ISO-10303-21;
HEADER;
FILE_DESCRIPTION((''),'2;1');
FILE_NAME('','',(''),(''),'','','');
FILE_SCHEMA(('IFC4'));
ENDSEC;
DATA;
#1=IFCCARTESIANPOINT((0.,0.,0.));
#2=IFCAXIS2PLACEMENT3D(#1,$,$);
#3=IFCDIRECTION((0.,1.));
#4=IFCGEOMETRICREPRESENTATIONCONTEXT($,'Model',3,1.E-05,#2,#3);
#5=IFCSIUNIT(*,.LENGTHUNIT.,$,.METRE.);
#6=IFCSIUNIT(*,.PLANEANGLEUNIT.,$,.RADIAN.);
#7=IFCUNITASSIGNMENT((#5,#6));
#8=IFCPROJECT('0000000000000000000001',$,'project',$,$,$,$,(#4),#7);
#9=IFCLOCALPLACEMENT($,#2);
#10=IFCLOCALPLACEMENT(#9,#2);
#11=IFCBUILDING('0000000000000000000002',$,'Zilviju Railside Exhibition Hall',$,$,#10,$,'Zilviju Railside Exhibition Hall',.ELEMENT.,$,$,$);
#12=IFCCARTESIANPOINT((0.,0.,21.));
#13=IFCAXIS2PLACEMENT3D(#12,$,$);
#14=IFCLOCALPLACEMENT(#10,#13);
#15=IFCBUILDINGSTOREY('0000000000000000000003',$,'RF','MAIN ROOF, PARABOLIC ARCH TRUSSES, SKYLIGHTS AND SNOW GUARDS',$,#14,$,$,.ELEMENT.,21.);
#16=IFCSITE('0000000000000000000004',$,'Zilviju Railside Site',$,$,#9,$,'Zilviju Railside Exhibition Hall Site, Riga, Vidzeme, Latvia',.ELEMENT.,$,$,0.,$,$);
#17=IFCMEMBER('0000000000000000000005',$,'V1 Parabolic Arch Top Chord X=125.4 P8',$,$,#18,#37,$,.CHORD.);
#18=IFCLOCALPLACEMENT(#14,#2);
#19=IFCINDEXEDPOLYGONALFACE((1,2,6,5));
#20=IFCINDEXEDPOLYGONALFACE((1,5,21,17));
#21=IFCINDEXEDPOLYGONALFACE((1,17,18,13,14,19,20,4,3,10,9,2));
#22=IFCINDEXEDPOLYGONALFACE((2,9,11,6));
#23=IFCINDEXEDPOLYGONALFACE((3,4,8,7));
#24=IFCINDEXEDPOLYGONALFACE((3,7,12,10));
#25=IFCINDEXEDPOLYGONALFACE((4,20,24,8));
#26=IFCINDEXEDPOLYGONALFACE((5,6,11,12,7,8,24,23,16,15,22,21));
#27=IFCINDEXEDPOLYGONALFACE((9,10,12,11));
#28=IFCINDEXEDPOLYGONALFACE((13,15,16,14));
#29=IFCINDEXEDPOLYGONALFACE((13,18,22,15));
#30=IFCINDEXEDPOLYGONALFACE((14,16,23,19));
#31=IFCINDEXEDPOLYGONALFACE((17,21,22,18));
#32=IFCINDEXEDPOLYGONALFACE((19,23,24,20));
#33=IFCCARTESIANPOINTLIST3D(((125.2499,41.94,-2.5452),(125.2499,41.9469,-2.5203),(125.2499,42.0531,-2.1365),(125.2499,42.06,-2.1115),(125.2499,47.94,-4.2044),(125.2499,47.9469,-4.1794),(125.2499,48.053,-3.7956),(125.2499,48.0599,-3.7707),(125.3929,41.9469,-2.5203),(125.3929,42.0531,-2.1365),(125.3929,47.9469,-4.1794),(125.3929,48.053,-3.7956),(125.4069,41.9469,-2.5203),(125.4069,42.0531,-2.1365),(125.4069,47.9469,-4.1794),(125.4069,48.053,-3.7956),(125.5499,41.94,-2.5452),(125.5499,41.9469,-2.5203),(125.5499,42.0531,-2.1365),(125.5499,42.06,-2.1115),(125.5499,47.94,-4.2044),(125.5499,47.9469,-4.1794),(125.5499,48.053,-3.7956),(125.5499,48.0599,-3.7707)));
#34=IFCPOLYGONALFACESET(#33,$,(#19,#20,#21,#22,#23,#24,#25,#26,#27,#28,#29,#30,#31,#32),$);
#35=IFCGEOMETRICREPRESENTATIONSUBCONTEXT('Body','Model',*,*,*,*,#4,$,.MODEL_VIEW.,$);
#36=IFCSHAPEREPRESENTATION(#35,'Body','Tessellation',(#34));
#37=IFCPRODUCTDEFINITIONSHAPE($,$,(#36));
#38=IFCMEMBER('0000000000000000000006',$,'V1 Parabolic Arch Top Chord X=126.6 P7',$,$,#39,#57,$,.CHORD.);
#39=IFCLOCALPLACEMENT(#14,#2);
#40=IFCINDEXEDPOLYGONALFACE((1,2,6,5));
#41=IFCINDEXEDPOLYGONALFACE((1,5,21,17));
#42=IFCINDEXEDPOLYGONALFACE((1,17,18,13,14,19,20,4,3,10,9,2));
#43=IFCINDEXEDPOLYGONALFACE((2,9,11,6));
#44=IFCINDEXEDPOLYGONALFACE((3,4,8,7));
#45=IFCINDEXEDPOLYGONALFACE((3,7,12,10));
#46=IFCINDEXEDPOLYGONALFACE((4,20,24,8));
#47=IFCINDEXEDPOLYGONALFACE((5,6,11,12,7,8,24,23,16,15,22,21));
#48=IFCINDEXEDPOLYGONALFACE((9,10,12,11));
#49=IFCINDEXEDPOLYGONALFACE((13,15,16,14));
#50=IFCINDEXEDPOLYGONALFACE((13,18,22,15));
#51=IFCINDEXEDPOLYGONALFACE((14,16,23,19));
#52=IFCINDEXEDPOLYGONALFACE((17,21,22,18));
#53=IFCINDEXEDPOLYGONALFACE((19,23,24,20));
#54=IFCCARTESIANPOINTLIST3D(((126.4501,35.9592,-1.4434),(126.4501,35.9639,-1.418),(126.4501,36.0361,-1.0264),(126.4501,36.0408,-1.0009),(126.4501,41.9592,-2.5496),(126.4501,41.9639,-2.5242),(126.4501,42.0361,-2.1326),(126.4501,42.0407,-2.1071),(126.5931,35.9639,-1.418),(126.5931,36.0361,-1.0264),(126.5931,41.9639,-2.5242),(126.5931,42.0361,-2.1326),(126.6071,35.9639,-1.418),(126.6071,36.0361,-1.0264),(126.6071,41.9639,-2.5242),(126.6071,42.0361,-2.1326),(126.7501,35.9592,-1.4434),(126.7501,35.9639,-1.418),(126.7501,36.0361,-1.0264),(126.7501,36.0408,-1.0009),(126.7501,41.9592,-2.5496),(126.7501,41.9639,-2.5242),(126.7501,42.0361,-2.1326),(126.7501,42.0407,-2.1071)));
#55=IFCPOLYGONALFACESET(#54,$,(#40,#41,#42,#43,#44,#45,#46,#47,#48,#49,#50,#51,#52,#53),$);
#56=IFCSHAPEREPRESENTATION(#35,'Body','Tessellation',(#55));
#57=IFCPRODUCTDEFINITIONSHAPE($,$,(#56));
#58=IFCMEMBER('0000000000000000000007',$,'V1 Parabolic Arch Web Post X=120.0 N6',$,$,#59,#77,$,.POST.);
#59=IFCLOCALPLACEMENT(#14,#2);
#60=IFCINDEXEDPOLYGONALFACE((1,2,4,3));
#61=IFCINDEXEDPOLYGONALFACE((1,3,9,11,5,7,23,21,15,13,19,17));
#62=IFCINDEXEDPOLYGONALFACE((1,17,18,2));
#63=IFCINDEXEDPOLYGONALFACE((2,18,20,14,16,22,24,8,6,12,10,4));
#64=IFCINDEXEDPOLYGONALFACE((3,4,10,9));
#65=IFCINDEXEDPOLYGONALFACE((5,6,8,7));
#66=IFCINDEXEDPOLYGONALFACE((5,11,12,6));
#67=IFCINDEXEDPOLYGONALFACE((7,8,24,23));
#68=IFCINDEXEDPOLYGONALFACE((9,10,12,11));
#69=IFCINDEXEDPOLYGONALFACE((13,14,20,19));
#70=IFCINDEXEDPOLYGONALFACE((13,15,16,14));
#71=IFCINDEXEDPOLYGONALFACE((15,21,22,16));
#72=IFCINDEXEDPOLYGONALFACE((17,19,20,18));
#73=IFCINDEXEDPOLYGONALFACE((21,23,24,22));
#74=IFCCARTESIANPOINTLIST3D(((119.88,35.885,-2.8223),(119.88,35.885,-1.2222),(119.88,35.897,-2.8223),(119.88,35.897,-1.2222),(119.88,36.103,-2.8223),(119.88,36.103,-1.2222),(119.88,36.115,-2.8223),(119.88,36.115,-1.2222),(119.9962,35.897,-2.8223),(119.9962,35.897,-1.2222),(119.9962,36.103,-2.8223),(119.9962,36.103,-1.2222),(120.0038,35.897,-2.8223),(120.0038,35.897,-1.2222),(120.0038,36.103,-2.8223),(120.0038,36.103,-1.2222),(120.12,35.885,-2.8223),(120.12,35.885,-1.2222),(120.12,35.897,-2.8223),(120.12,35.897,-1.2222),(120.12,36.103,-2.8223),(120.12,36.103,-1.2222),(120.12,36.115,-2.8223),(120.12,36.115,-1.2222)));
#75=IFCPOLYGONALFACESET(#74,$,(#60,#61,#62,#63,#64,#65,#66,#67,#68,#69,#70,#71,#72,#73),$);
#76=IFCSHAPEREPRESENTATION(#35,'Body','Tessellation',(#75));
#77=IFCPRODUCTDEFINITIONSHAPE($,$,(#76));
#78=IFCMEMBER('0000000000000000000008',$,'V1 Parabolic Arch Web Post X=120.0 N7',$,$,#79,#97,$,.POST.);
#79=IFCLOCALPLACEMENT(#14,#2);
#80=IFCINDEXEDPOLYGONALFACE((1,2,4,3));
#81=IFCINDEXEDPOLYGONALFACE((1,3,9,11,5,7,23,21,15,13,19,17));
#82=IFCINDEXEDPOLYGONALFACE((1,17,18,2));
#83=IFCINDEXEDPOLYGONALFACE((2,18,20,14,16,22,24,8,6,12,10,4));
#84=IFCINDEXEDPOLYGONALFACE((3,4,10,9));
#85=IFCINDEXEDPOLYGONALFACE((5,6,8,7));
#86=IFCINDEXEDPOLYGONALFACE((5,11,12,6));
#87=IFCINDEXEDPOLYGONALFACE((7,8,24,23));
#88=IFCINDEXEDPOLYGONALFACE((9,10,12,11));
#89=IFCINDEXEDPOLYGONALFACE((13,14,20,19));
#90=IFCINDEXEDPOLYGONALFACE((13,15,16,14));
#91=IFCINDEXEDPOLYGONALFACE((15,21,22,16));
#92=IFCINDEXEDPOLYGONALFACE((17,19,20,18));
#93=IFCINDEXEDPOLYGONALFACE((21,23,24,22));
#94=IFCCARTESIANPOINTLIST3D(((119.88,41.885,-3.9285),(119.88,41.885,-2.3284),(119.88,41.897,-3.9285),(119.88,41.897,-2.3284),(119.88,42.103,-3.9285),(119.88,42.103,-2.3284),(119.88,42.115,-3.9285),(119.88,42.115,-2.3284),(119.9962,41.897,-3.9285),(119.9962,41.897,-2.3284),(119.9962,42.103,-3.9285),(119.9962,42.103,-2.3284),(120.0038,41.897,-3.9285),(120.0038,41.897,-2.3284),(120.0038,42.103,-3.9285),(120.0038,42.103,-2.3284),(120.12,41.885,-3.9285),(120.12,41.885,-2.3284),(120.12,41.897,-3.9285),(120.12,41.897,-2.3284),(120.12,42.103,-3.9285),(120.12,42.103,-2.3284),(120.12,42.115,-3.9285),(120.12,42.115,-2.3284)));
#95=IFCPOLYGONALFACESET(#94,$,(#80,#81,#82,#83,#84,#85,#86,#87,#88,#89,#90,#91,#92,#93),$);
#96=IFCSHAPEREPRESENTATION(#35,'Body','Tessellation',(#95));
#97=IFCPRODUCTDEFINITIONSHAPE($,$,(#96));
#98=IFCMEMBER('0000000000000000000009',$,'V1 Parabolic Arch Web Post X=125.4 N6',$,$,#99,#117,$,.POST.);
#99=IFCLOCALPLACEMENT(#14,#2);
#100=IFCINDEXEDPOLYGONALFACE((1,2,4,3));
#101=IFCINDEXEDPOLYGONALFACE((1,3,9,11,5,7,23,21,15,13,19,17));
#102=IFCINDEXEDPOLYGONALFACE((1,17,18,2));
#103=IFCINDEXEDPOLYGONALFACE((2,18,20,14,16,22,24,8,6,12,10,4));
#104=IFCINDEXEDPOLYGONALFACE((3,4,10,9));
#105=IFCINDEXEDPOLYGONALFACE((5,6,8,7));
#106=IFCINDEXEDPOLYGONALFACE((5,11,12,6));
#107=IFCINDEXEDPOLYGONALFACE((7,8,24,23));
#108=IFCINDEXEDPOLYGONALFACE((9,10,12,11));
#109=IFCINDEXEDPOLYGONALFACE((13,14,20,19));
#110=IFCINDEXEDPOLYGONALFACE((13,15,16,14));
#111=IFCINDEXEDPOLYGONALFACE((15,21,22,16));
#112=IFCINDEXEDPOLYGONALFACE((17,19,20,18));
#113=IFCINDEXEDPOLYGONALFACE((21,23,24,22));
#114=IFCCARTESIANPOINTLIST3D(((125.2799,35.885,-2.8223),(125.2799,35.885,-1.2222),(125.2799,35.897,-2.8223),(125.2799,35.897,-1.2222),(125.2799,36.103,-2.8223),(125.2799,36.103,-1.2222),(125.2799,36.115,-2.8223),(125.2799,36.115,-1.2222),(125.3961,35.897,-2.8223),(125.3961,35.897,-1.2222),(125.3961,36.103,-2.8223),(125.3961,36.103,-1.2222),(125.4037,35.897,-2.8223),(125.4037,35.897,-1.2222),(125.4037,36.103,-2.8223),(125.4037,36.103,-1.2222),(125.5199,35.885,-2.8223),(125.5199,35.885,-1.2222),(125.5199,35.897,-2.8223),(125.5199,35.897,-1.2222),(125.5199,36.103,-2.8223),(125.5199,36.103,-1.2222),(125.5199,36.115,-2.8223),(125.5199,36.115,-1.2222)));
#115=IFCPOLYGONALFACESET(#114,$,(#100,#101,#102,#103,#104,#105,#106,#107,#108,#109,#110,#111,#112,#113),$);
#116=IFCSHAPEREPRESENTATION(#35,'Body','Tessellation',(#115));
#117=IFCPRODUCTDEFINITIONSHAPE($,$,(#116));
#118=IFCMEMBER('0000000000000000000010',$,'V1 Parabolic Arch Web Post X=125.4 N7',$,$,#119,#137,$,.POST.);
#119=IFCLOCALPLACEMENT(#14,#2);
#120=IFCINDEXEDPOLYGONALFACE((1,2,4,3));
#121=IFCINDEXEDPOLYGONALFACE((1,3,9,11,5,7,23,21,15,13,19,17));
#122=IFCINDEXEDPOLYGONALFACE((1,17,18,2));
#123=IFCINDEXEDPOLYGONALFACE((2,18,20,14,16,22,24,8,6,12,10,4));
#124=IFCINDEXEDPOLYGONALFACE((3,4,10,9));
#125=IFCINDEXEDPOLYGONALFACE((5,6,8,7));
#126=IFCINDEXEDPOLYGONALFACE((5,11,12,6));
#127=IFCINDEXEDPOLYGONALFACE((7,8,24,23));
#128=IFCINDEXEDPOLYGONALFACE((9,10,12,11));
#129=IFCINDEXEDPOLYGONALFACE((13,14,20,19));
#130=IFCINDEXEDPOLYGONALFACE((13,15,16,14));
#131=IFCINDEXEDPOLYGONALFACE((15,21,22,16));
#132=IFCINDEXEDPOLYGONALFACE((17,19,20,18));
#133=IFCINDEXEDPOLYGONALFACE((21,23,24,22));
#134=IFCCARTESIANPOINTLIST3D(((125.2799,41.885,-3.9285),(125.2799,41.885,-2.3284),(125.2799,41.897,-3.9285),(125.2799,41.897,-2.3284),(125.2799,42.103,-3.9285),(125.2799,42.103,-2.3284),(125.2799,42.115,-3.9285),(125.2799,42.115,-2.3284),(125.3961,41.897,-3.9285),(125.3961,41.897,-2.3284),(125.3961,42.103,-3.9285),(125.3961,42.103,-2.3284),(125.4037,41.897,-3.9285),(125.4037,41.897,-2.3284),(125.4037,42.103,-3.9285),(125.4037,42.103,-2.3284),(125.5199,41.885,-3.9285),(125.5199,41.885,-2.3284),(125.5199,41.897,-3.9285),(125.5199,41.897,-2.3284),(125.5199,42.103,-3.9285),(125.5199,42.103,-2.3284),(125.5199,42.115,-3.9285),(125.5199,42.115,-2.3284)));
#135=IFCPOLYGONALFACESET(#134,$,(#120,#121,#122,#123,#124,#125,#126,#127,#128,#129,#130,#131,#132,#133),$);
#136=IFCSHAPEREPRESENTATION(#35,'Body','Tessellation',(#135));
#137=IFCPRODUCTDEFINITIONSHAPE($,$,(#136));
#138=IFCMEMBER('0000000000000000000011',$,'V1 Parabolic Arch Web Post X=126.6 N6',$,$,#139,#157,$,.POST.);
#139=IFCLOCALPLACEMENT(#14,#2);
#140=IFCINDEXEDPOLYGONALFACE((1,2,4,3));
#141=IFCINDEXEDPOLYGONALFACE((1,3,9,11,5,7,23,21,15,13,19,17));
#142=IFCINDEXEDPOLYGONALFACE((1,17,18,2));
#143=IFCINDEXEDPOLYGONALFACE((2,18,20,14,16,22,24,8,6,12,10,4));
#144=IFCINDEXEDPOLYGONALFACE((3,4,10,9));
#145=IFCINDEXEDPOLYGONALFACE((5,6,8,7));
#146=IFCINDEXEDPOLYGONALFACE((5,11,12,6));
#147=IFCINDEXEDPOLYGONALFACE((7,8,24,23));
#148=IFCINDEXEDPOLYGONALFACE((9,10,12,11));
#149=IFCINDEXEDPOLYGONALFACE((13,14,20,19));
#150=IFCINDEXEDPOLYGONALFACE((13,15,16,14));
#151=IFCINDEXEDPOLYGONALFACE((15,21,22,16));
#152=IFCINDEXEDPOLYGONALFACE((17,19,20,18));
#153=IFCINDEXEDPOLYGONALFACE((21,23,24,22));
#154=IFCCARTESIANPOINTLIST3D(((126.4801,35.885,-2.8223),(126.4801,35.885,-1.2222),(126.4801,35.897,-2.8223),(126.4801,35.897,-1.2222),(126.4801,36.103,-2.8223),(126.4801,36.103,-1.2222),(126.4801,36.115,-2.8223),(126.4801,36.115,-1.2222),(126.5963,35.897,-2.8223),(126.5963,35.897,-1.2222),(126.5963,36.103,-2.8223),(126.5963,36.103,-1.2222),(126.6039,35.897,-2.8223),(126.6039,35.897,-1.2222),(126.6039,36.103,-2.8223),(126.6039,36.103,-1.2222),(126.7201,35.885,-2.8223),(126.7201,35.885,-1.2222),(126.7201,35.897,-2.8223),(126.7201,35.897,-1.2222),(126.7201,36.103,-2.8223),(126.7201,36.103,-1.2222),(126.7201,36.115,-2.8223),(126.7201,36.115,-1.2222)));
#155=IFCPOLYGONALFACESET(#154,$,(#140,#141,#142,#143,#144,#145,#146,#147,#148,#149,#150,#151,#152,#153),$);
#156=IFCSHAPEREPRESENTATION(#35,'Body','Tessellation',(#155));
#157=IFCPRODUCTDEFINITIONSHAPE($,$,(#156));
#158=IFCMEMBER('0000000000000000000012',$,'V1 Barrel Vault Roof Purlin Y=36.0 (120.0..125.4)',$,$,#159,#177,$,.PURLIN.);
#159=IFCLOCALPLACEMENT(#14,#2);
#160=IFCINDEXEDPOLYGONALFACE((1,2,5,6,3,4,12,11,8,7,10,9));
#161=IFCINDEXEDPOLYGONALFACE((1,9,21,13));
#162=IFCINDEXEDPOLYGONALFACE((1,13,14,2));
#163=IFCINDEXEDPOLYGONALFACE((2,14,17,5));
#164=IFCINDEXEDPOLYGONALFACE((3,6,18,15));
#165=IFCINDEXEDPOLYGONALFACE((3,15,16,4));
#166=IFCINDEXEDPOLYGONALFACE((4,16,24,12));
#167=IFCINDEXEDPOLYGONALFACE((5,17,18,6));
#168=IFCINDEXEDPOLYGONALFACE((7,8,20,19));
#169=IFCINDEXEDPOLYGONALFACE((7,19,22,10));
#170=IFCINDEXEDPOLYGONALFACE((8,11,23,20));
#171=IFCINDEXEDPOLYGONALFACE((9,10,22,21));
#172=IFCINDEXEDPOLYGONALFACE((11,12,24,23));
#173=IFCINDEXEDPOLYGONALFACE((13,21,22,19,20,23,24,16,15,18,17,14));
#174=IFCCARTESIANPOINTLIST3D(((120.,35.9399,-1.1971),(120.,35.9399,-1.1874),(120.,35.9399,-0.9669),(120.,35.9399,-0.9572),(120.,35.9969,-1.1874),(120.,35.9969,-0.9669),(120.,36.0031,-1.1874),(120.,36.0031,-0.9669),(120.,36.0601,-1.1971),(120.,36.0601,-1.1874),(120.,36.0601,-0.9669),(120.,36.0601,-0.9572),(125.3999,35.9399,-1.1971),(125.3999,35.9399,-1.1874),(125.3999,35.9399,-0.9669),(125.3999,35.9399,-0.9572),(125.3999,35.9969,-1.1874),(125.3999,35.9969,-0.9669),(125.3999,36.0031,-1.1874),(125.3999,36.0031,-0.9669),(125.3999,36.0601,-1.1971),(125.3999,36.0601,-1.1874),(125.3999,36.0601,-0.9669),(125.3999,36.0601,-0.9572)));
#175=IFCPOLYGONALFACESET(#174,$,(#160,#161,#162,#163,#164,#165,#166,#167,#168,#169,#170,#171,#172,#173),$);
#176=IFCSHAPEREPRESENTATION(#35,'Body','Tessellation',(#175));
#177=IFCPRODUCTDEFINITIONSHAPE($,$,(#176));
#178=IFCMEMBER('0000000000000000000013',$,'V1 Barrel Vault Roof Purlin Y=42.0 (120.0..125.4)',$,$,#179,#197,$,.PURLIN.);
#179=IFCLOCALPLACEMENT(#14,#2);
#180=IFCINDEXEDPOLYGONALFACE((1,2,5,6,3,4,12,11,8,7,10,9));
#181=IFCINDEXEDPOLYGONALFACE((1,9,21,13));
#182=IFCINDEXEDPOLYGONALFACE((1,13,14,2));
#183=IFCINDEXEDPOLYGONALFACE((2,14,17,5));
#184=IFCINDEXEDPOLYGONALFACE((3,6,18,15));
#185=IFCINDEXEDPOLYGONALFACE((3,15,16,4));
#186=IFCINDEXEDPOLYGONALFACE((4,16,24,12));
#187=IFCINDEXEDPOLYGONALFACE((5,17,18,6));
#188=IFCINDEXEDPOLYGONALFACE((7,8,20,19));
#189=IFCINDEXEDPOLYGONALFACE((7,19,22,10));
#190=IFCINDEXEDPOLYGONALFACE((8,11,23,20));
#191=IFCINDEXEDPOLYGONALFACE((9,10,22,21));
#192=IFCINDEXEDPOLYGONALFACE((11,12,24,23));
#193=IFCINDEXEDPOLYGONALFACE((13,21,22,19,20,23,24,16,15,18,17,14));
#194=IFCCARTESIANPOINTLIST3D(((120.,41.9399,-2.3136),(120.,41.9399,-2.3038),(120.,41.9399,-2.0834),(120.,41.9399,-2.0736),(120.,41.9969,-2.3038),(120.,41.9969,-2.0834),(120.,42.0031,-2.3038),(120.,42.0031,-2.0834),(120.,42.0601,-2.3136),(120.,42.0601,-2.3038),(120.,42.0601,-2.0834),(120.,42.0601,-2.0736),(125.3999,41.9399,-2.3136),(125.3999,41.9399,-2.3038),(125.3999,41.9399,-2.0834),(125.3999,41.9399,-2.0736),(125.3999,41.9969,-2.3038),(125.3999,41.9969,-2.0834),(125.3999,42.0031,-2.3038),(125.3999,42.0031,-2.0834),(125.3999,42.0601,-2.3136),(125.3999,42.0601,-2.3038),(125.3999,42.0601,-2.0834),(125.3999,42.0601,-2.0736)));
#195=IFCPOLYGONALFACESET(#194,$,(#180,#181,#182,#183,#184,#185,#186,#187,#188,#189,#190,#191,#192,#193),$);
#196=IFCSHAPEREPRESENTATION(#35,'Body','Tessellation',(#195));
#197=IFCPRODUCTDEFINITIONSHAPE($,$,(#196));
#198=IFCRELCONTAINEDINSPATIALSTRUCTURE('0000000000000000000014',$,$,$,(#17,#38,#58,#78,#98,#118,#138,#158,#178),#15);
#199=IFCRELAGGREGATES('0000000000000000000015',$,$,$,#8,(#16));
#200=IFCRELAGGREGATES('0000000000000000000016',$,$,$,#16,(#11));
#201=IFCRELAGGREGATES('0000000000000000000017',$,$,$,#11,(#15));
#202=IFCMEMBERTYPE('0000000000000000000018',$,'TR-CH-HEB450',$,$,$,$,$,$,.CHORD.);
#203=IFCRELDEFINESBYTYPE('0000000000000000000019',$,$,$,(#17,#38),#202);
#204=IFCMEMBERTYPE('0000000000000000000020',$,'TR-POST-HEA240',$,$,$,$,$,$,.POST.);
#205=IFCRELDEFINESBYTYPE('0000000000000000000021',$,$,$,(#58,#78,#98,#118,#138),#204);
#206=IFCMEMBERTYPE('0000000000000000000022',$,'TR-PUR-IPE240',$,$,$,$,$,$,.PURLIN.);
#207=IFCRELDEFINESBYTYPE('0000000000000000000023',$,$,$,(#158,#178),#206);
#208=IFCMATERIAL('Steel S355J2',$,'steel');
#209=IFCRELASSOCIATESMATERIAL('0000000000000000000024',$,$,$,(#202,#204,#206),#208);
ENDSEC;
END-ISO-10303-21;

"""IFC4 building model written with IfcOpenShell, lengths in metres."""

from ifc_helpers import new_model, si_unit, direction, frame, origin, origin_2d, place, context, subcontext, project, spatial, i_section, extrude, material, material_profile, profile_set, type_object, element, save


model = new_model("IFC4")

# Units and contexts
model_context = context("Model", 3, precision=1e-05, world=origin(), true_north=direction((0.0, 1.0)))
body_context = subcontext(model_context, "Body", "Model", "MODEL_VIEW")
ifc_project = project(units=[si_unit("LENGTHUNIT", "METRE"), si_unit("PLANEANGLEUNIT", "RADIAN")], contexts=[model_context])

# Site, building, storey
site_placement = place(None, origin())
site = spatial("IfcSite", under=ifc_project, at=site_placement, Name="Zilviju Railside Site", LongName="Zilviju Railside Exhibition Hall Site, Riga, Vidzeme, Latvia", CompositionType="ELEMENT", RefElevation=0.0)
building_placement = place(site_placement, origin())
building = spatial("IfcBuilding", under=site, at=building_placement, Name="Zilviju Railside Exhibition Hall", LongName="Zilviju Railside Exhibition Hall", CompositionType="ELEMENT")
storey_placement = place(building_placement, frame((0.0, 0.0, 21.0)))
storey = spatial("IfcBuildingStorey", under=building, at=storey_placement, Name="RF", Description="MAIN ROOF, PARABOLIC ARCH TRUSSES, SKYLIGHTS AND SNOW GUARDS", CompositionType="ELEMENT", Elevation=21.0)

# Members
ifc_material_1 = material(Name="Steel S355J2", Category="steel")
ifc_material_profile_1 = material_profile(ifc_material_1, i_section(OverallWidth=0.3, OverallDepth=0.45, WebThickness=0.0139, FlangeThickness=0.0259, at=origin_2d()), Name="HEB 450")
ifc_profile_set_1 = profile_set([ifc_material_profile_1], Name="Steel S355J2")
member_type_1 = type_object("IfcMemberType", Name="TR-CH-HEB450", PredefinedType="CHORD", material=ifc_profile_set_1)
member_1_placement = place(storey_placement, frame((125.3999, 42.0, -2.3284), z_axis=(0.0, 0.963827, -0.266527), x_axis=(-1.0, 0.0, 0.0)))
element("IfcMember", 1, at=member_1_placement, inside=storey, type_object=member_type_1, Name="V1 Parabolic Arch Top Chord X=125.4 P8", PredefinedType="CHORD", context=body_context, shape_type="SweptSolid", body=[
    extrude(i_section(OverallWidth=0.3, OverallDepth=0.45, WebThickness=0.0139, FlangeThickness=0.0259, at=origin_2d()), origin(), (0.0, 0.0, 1.0), 6.2251),
])
member_2_placement = place(storey_placement, frame((126.6001, 36.0, -1.2222), z_axis=(0.0, 0.983426, -0.181311), x_axis=(-1.0, 0.0, 0.0)))
element("IfcMember", 2, at=member_2_placement, inside=storey, type_object=member_type_1, Name="V1 Parabolic Arch Top Chord X=126.6 P7", PredefinedType="CHORD", context=body_context, shape_type="SweptSolid", body=[
    extrude(i_section(OverallWidth=0.3, OverallDepth=0.45, WebThickness=0.0139, FlangeThickness=0.0259, at=origin_2d()), origin(), (0.0, 0.0, 1.0), 6.1011),
])
ifc_material_profile_2 = material_profile(ifc_material_1, i_section(OverallWidth=0.24, OverallDepth=0.23, WebThickness=0.0076, FlangeThickness=0.012, at=origin_2d()), Name="HEA 240")
ifc_profile_set_2 = profile_set([ifc_material_profile_2], Name="Steel S355J2")
member_type_2 = type_object("IfcMemberType", Name="TR-POST-HEA240", PredefinedType="POST", material=ifc_profile_set_2)
for number, where, z_axis, x_axis, name in (
    (3, (120.0, 36.0, -2.8223), (0.0, 0.0, 1.0), (1.0, 0.0, 0.0), "V1 Parabolic Arch Web Post X=120.0 N6"),
    (4, (120.0, 42.0, -3.9285), (0.0, 0.0, 1.0), (1.0, 0.0, 0.0), "V1 Parabolic Arch Web Post X=120.0 N7"),
    (5, (125.3999, 36.0, -2.8223), (0.0, 0.0, 1.0), (1.0, 0.0, 0.0), "V1 Parabolic Arch Web Post X=125.4 N6"),
    (6, (125.3999, 42.0, -3.9285), (0.0, 0.0, 1.0), (1.0, 0.0, 0.0), "V1 Parabolic Arch Web Post X=125.4 N7"),
    (7, (126.6001, 36.0, -2.8223), (0.0, 0.0, 1.0), (1.0, 0.0, 0.0), "V1 Parabolic Arch Web Post X=126.6 N6"),
):
    element("IfcMember", number, at=place(storey_placement, frame(where, z_axis=z_axis, x_axis=x_axis)), inside=storey, type_object=member_type_2, Name=name, PredefinedType="POST", context=body_context, shape_type="SweptSolid", body=[
        extrude(i_section(OverallWidth=0.24, OverallDepth=0.23, WebThickness=0.0076, FlangeThickness=0.012, at=origin_2d()), origin(), (0.0, 0.0, 1.0), 1.6001),
    ])
ifc_material_profile_3 = material_profile(ifc_material_1, i_section(OverallWidth=0.1201, OverallDepth=0.24, WebThickness=0.0061, FlangeThickness=0.0098, at=origin_2d()), Name="IPE 240")
ifc_profile_set_3 = profile_set([ifc_material_profile_3], Name="Steel S355J2")
member_type_3 = type_object("IfcMemberType", Name="TR-PUR-IPE240", PredefinedType="PURLIN", material=ifc_profile_set_3)
for number, where, z_axis, x_axis, name in (
    (8, (120.0, 36.0, -1.0771), (1.0, 0.0, 0.0), (0.0, 1.0, 0.0), "V1 Barrel Vault Roof Purlin Y=36.0 (120.0..125.4)"),
    (9, (120.0, 42.0, -2.1936), (1.0, 0.0, 0.0), (0.0, 1.0, 0.0), "V1 Barrel Vault Roof Purlin Y=42.0 (120.0..125.4)"),
):
    element("IfcMember", number, at=place(storey_placement, frame(where, z_axis=z_axis, x_axis=x_axis)), inside=storey, type_object=member_type_3, Name=name, PredefinedType="PURLIN", context=body_context, shape_type="SweptSolid", body=[
        extrude(i_section(OverallWidth=0.1201, OverallDepth=0.24, WebThickness=0.0061, FlangeThickness=0.0098, at=origin_2d()), origin(), (0.0, 0.0, 1.0), 5.3999),
    ])

save(model, "model.ifc")
